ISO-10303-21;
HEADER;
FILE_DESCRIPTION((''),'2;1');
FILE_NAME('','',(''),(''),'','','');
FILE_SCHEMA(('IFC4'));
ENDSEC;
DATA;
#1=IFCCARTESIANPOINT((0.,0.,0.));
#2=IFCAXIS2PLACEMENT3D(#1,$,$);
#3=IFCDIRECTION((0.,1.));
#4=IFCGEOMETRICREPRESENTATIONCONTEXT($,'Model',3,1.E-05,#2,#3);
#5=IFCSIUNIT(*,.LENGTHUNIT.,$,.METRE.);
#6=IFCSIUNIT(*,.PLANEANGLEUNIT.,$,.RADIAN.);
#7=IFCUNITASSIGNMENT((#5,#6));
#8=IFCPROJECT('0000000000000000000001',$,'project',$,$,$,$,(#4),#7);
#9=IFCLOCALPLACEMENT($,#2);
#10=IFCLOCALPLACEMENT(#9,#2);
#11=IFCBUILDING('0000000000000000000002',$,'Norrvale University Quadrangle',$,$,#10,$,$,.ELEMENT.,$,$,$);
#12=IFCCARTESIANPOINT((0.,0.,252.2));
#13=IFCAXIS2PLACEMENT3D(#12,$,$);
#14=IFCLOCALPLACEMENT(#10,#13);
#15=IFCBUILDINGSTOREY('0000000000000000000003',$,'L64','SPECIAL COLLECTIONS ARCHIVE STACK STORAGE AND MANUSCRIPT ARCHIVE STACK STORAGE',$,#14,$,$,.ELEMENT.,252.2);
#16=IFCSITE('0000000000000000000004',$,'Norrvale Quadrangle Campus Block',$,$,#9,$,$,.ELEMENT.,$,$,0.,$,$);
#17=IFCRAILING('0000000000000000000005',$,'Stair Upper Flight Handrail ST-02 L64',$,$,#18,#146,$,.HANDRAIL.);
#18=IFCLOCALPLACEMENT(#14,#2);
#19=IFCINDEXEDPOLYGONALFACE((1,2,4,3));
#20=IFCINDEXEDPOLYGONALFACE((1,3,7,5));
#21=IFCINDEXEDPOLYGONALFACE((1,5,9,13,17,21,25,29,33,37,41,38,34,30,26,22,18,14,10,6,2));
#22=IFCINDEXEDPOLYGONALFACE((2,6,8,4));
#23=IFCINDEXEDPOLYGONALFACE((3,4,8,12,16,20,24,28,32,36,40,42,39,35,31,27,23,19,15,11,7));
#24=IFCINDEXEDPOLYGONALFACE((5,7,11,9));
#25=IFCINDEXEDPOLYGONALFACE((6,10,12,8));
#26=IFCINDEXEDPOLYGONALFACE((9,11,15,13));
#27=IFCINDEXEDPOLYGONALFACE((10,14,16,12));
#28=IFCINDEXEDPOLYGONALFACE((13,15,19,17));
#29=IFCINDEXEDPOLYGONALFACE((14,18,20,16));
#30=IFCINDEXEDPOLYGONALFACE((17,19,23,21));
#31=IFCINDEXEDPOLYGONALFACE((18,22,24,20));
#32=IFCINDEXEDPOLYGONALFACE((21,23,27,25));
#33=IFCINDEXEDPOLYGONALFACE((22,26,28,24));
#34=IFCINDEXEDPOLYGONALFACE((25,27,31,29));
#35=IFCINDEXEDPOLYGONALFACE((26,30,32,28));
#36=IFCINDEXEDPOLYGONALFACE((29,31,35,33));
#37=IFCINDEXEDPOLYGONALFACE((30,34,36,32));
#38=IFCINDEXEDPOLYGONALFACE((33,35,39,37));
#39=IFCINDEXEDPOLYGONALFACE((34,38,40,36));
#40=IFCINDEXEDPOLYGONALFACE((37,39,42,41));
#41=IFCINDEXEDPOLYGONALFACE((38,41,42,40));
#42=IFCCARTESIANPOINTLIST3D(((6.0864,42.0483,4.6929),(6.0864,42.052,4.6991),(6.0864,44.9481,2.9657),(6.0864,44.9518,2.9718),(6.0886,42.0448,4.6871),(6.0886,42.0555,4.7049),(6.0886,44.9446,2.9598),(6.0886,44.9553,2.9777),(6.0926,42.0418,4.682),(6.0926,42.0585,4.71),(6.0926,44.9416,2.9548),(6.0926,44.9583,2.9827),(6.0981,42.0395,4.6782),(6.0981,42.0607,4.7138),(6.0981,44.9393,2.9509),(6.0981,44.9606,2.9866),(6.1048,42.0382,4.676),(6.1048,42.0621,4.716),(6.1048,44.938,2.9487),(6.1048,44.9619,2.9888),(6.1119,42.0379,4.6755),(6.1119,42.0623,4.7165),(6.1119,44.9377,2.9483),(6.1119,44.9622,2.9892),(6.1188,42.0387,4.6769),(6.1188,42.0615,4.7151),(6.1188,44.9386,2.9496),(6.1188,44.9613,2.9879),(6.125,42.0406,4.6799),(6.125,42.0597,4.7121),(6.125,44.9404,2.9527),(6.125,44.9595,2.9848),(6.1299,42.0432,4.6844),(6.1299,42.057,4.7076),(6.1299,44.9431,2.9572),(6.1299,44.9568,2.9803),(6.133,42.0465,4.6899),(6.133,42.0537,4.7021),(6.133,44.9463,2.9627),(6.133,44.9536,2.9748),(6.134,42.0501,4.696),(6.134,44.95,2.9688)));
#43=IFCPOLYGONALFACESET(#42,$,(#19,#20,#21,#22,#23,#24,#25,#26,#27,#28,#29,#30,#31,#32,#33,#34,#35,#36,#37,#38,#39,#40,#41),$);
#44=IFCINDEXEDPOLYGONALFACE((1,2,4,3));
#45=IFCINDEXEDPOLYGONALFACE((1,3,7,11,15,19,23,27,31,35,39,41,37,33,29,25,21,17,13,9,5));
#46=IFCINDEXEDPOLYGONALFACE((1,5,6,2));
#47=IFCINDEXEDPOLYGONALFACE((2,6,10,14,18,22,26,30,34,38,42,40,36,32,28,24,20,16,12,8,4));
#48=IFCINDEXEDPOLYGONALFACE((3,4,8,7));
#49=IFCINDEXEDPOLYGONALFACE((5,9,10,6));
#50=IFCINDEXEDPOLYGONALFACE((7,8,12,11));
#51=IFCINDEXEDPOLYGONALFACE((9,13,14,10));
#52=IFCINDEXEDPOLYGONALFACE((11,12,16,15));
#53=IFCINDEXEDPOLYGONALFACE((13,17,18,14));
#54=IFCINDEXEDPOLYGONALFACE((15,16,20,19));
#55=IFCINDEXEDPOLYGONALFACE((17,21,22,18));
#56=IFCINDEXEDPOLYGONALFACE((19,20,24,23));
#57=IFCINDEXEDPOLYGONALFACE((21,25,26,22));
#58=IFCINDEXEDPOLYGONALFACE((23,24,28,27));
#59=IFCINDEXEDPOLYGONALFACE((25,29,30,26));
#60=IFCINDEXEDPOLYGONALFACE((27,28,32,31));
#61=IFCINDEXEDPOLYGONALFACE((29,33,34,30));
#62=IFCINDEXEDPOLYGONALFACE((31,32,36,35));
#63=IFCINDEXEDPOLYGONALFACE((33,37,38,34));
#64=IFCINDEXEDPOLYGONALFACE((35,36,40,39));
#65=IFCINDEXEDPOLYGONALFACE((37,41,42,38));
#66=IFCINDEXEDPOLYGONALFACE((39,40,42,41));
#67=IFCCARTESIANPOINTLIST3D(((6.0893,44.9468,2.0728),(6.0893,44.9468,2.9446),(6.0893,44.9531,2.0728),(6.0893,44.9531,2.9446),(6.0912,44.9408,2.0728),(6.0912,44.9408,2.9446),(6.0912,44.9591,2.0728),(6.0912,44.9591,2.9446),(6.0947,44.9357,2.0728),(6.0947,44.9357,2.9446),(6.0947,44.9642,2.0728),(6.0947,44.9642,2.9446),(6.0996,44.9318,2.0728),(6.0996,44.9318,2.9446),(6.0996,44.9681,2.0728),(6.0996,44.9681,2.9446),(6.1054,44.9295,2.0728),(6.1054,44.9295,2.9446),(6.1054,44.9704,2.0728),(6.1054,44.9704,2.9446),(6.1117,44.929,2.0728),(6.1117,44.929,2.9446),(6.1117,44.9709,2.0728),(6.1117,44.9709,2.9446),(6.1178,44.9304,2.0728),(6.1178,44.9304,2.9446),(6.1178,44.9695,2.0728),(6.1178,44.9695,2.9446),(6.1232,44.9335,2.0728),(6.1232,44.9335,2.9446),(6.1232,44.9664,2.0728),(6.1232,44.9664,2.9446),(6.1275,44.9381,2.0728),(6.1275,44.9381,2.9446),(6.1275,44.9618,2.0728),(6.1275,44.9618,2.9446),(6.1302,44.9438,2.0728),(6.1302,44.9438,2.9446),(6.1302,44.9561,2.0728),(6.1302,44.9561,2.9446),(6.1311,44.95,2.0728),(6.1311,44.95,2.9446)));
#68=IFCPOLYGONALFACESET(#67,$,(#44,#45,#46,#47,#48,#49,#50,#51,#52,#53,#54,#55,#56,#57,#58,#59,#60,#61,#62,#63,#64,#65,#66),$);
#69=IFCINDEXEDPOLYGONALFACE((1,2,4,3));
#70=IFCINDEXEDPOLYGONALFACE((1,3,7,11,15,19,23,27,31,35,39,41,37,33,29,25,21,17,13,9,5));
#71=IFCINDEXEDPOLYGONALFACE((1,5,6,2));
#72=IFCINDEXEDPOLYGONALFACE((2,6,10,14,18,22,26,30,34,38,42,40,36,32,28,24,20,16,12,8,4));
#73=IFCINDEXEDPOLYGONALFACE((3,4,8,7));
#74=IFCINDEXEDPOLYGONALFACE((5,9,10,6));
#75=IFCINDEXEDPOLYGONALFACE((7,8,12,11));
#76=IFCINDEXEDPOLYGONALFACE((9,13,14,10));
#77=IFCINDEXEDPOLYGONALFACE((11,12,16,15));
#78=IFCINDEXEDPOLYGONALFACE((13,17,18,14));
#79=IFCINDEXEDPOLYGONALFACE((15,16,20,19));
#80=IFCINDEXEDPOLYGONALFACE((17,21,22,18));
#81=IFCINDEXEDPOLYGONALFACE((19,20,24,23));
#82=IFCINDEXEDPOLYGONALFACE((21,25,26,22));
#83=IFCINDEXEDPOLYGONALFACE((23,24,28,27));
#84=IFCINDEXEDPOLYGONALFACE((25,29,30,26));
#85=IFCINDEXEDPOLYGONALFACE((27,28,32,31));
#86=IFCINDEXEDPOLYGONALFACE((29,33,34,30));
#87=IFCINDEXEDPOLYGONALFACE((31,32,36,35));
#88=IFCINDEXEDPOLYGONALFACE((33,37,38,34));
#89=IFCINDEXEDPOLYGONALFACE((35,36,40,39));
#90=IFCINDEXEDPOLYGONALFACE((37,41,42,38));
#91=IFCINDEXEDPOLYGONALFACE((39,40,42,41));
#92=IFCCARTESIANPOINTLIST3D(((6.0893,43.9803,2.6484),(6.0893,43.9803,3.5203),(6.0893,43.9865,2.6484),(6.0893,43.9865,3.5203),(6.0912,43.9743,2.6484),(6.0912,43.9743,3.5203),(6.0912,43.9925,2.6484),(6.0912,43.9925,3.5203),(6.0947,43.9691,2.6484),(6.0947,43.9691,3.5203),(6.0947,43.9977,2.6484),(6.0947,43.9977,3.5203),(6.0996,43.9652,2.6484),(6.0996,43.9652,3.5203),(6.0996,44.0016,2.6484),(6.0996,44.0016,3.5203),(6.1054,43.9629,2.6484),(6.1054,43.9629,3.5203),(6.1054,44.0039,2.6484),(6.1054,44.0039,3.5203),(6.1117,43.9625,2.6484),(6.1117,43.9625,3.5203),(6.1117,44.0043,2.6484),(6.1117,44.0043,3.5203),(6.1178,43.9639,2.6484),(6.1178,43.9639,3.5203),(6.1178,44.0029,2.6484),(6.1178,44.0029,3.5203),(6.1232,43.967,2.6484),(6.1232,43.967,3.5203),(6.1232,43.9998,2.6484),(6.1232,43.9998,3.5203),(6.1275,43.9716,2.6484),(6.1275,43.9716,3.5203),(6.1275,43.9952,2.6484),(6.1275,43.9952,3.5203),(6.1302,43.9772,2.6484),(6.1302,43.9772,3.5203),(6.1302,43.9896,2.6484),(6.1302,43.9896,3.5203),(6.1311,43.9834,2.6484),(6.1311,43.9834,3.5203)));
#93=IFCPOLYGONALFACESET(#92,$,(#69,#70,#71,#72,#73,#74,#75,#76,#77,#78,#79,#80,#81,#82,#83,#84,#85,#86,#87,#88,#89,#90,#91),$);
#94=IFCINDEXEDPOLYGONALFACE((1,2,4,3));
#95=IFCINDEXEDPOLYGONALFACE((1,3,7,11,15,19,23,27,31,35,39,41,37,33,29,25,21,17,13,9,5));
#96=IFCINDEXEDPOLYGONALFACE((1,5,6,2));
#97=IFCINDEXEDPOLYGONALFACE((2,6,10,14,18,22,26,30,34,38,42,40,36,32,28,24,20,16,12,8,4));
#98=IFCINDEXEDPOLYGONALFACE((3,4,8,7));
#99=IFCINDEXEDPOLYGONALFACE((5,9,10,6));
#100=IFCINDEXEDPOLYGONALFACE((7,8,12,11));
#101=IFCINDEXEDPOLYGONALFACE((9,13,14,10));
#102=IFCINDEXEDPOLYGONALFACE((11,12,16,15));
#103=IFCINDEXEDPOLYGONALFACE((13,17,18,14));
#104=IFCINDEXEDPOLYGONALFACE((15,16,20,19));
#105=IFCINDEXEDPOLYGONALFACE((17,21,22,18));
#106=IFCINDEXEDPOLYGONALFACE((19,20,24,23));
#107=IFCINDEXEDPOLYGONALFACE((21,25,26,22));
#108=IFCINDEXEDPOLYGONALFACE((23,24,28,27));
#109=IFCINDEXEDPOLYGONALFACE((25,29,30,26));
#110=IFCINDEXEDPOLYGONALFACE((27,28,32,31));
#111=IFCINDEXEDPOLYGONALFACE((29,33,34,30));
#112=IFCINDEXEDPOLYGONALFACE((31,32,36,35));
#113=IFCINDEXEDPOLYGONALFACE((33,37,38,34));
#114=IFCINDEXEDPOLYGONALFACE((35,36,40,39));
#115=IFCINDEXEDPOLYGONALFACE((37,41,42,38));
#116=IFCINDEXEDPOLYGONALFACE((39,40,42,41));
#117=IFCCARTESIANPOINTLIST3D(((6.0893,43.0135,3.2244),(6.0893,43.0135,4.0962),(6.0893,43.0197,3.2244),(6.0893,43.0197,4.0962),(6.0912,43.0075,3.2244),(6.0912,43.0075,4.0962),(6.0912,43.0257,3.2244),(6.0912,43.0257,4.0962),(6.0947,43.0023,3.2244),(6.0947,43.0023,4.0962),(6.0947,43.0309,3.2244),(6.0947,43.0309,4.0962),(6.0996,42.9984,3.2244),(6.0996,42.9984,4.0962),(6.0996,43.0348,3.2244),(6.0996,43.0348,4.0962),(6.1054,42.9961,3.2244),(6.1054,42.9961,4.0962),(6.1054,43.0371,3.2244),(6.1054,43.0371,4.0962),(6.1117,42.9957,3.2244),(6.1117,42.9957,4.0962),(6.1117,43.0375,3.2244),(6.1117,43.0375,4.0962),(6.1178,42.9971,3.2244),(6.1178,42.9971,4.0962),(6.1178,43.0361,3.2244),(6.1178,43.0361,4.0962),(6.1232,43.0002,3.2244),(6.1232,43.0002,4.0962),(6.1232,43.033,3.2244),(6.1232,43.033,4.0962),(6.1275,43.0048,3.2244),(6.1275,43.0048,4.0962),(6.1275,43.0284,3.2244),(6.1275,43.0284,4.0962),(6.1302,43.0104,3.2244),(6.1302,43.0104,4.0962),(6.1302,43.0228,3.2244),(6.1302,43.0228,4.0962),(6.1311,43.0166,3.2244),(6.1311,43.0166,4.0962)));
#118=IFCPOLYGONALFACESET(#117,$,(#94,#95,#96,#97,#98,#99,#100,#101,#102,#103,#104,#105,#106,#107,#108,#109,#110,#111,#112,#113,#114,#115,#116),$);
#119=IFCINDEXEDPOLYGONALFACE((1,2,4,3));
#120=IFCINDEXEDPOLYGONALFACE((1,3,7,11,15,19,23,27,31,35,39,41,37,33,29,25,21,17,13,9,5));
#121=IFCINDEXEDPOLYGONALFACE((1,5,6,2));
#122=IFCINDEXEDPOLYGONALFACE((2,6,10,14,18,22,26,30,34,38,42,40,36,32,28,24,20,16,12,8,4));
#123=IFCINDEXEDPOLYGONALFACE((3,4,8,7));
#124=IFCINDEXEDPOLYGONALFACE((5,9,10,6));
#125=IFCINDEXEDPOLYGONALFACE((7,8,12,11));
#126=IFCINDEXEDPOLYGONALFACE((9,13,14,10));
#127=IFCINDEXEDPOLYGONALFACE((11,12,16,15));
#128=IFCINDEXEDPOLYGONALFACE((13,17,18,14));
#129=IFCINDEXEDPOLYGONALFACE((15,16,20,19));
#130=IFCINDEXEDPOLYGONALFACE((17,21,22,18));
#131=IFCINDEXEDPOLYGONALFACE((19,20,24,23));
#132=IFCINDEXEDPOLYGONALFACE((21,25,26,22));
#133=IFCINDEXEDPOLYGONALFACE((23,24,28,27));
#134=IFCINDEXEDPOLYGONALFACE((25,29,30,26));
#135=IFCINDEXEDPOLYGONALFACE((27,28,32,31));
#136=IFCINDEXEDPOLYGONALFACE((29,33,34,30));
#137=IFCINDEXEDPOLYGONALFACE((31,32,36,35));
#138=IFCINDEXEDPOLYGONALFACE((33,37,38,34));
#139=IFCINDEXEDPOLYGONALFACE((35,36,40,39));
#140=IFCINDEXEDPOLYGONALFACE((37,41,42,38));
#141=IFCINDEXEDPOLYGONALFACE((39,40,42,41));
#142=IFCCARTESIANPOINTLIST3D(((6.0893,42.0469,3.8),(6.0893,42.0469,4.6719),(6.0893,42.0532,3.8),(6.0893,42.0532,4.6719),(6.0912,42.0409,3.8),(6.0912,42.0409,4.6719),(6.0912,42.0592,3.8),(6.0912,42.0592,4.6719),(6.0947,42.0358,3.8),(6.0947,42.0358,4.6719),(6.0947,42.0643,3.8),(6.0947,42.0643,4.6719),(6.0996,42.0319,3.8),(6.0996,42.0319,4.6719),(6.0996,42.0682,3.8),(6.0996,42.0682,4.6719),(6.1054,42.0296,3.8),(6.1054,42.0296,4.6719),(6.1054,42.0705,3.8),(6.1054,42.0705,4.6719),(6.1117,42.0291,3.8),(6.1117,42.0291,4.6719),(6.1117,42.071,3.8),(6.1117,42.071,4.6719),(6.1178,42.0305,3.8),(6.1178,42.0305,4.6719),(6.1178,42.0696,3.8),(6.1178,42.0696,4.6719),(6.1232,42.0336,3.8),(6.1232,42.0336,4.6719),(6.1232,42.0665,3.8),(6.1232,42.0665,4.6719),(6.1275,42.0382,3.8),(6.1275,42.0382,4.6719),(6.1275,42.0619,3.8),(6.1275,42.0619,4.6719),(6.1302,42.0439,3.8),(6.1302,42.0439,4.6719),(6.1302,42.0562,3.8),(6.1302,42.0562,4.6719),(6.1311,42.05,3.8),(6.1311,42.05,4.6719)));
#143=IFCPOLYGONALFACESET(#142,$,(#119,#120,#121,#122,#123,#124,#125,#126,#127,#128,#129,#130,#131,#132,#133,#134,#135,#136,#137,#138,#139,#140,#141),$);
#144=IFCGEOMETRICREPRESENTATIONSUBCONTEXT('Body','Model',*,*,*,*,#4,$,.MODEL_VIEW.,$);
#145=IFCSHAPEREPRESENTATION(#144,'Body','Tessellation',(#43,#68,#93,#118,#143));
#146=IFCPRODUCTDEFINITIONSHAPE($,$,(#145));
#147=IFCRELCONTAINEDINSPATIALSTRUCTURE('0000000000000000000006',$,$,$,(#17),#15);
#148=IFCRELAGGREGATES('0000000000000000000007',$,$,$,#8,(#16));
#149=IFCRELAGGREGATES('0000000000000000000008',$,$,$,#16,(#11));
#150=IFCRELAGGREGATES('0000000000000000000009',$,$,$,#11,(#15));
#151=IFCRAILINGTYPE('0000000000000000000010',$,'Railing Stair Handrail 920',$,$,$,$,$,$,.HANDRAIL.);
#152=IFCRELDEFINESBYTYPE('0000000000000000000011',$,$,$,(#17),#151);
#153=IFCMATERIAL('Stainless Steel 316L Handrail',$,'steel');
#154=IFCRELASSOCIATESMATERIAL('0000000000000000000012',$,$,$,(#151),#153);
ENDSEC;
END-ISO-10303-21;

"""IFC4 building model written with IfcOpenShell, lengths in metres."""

from ifc_helpers import new_model, si_unit, direction, frame, origin, origin_2d, place, context, subcontext, project, spatial, circle, extrude, material, type_object, element, save


model = new_model("IFC4")

# Units and contexts
model_context = context("Model", 3, precision=1e-05, world=origin(), true_north=direction((0.0, 1.0)))
body_context = subcontext(model_context, "Body", "Model", "MODEL_VIEW")
ifc_project = project(units=[si_unit("LENGTHUNIT", "METRE"), si_unit("PLANEANGLEUNIT", "RADIAN")], contexts=[model_context])

# Site, building, storey
site_placement = place(None, origin())
site = spatial("IfcSite", under=ifc_project, at=site_placement, Name="Norrvale Quadrangle Campus Block", CompositionType="ELEMENT", RefElevation=0.0)
building_placement = place(site_placement, origin())
building = spatial("IfcBuilding", under=site, at=building_placement, Name="Norrvale University Quadrangle", CompositionType="ELEMENT")
storey_placement = place(building_placement, frame((0.0, 0.0, 252.2)))
storey = spatial("IfcBuildingStorey", under=building, at=storey_placement, Name="L64", Description="SPECIAL COLLECTIONS ARCHIVE STACK STORAGE AND MANUSCRIPT ARCHIVE STACK STORAGE", CompositionType="ELEMENT", Elevation=252.2)

# Railing
ifc_material_1 = material(Name="Stainless Steel 316L Handrail", Category="steel")
railing_type_1 = type_object("IfcRailingType", Name="Railing Stair Handrail 920", PredefinedType="HANDRAIL", material=ifc_material_1)
railing_1_placement = place(storey_placement, frame((6.1101, 44.95, 2.0728)))
element("IfcRailing", 1, at=railing_1_placement, inside=storey, type_object=railing_type_1, Name="Stair Upper Flight Handrail ST-02 L64", PredefinedType="HANDRAIL", context=body_context, shape_type="SweptSolid", body=[
    extrude(circle(Radius=0.0239, at=origin_2d()), frame((0.0, 0.0, 0.896), z_axis=(0.0, -0.859141, 0.511738), x_axis=(1.0, 0.0, 0.0)), (0.0, 0.0, 1.0), 3.3752),
    extrude(circle(Radius=0.021, at=origin_2d()), origin(), (0.0, 0.0, 1.0), 0.8718),
    extrude(circle(Radius=0.021, at=origin_2d()), frame((0.0, -0.9666, 0.5757)), (0.0, 0.0, 1.0), 0.8718),
    extrude(circle(Radius=0.021, at=origin_2d()), frame((0.0, -1.9333, 1.1516)), (0.0, 0.0, 1.0), 0.8718),
    extrude(circle(Radius=0.021, at=origin_2d()), frame((0.0, -2.8999, 1.7273)), (0.0, 0.0, 1.0), 0.8718),
])

save(model, "model.ifc")
